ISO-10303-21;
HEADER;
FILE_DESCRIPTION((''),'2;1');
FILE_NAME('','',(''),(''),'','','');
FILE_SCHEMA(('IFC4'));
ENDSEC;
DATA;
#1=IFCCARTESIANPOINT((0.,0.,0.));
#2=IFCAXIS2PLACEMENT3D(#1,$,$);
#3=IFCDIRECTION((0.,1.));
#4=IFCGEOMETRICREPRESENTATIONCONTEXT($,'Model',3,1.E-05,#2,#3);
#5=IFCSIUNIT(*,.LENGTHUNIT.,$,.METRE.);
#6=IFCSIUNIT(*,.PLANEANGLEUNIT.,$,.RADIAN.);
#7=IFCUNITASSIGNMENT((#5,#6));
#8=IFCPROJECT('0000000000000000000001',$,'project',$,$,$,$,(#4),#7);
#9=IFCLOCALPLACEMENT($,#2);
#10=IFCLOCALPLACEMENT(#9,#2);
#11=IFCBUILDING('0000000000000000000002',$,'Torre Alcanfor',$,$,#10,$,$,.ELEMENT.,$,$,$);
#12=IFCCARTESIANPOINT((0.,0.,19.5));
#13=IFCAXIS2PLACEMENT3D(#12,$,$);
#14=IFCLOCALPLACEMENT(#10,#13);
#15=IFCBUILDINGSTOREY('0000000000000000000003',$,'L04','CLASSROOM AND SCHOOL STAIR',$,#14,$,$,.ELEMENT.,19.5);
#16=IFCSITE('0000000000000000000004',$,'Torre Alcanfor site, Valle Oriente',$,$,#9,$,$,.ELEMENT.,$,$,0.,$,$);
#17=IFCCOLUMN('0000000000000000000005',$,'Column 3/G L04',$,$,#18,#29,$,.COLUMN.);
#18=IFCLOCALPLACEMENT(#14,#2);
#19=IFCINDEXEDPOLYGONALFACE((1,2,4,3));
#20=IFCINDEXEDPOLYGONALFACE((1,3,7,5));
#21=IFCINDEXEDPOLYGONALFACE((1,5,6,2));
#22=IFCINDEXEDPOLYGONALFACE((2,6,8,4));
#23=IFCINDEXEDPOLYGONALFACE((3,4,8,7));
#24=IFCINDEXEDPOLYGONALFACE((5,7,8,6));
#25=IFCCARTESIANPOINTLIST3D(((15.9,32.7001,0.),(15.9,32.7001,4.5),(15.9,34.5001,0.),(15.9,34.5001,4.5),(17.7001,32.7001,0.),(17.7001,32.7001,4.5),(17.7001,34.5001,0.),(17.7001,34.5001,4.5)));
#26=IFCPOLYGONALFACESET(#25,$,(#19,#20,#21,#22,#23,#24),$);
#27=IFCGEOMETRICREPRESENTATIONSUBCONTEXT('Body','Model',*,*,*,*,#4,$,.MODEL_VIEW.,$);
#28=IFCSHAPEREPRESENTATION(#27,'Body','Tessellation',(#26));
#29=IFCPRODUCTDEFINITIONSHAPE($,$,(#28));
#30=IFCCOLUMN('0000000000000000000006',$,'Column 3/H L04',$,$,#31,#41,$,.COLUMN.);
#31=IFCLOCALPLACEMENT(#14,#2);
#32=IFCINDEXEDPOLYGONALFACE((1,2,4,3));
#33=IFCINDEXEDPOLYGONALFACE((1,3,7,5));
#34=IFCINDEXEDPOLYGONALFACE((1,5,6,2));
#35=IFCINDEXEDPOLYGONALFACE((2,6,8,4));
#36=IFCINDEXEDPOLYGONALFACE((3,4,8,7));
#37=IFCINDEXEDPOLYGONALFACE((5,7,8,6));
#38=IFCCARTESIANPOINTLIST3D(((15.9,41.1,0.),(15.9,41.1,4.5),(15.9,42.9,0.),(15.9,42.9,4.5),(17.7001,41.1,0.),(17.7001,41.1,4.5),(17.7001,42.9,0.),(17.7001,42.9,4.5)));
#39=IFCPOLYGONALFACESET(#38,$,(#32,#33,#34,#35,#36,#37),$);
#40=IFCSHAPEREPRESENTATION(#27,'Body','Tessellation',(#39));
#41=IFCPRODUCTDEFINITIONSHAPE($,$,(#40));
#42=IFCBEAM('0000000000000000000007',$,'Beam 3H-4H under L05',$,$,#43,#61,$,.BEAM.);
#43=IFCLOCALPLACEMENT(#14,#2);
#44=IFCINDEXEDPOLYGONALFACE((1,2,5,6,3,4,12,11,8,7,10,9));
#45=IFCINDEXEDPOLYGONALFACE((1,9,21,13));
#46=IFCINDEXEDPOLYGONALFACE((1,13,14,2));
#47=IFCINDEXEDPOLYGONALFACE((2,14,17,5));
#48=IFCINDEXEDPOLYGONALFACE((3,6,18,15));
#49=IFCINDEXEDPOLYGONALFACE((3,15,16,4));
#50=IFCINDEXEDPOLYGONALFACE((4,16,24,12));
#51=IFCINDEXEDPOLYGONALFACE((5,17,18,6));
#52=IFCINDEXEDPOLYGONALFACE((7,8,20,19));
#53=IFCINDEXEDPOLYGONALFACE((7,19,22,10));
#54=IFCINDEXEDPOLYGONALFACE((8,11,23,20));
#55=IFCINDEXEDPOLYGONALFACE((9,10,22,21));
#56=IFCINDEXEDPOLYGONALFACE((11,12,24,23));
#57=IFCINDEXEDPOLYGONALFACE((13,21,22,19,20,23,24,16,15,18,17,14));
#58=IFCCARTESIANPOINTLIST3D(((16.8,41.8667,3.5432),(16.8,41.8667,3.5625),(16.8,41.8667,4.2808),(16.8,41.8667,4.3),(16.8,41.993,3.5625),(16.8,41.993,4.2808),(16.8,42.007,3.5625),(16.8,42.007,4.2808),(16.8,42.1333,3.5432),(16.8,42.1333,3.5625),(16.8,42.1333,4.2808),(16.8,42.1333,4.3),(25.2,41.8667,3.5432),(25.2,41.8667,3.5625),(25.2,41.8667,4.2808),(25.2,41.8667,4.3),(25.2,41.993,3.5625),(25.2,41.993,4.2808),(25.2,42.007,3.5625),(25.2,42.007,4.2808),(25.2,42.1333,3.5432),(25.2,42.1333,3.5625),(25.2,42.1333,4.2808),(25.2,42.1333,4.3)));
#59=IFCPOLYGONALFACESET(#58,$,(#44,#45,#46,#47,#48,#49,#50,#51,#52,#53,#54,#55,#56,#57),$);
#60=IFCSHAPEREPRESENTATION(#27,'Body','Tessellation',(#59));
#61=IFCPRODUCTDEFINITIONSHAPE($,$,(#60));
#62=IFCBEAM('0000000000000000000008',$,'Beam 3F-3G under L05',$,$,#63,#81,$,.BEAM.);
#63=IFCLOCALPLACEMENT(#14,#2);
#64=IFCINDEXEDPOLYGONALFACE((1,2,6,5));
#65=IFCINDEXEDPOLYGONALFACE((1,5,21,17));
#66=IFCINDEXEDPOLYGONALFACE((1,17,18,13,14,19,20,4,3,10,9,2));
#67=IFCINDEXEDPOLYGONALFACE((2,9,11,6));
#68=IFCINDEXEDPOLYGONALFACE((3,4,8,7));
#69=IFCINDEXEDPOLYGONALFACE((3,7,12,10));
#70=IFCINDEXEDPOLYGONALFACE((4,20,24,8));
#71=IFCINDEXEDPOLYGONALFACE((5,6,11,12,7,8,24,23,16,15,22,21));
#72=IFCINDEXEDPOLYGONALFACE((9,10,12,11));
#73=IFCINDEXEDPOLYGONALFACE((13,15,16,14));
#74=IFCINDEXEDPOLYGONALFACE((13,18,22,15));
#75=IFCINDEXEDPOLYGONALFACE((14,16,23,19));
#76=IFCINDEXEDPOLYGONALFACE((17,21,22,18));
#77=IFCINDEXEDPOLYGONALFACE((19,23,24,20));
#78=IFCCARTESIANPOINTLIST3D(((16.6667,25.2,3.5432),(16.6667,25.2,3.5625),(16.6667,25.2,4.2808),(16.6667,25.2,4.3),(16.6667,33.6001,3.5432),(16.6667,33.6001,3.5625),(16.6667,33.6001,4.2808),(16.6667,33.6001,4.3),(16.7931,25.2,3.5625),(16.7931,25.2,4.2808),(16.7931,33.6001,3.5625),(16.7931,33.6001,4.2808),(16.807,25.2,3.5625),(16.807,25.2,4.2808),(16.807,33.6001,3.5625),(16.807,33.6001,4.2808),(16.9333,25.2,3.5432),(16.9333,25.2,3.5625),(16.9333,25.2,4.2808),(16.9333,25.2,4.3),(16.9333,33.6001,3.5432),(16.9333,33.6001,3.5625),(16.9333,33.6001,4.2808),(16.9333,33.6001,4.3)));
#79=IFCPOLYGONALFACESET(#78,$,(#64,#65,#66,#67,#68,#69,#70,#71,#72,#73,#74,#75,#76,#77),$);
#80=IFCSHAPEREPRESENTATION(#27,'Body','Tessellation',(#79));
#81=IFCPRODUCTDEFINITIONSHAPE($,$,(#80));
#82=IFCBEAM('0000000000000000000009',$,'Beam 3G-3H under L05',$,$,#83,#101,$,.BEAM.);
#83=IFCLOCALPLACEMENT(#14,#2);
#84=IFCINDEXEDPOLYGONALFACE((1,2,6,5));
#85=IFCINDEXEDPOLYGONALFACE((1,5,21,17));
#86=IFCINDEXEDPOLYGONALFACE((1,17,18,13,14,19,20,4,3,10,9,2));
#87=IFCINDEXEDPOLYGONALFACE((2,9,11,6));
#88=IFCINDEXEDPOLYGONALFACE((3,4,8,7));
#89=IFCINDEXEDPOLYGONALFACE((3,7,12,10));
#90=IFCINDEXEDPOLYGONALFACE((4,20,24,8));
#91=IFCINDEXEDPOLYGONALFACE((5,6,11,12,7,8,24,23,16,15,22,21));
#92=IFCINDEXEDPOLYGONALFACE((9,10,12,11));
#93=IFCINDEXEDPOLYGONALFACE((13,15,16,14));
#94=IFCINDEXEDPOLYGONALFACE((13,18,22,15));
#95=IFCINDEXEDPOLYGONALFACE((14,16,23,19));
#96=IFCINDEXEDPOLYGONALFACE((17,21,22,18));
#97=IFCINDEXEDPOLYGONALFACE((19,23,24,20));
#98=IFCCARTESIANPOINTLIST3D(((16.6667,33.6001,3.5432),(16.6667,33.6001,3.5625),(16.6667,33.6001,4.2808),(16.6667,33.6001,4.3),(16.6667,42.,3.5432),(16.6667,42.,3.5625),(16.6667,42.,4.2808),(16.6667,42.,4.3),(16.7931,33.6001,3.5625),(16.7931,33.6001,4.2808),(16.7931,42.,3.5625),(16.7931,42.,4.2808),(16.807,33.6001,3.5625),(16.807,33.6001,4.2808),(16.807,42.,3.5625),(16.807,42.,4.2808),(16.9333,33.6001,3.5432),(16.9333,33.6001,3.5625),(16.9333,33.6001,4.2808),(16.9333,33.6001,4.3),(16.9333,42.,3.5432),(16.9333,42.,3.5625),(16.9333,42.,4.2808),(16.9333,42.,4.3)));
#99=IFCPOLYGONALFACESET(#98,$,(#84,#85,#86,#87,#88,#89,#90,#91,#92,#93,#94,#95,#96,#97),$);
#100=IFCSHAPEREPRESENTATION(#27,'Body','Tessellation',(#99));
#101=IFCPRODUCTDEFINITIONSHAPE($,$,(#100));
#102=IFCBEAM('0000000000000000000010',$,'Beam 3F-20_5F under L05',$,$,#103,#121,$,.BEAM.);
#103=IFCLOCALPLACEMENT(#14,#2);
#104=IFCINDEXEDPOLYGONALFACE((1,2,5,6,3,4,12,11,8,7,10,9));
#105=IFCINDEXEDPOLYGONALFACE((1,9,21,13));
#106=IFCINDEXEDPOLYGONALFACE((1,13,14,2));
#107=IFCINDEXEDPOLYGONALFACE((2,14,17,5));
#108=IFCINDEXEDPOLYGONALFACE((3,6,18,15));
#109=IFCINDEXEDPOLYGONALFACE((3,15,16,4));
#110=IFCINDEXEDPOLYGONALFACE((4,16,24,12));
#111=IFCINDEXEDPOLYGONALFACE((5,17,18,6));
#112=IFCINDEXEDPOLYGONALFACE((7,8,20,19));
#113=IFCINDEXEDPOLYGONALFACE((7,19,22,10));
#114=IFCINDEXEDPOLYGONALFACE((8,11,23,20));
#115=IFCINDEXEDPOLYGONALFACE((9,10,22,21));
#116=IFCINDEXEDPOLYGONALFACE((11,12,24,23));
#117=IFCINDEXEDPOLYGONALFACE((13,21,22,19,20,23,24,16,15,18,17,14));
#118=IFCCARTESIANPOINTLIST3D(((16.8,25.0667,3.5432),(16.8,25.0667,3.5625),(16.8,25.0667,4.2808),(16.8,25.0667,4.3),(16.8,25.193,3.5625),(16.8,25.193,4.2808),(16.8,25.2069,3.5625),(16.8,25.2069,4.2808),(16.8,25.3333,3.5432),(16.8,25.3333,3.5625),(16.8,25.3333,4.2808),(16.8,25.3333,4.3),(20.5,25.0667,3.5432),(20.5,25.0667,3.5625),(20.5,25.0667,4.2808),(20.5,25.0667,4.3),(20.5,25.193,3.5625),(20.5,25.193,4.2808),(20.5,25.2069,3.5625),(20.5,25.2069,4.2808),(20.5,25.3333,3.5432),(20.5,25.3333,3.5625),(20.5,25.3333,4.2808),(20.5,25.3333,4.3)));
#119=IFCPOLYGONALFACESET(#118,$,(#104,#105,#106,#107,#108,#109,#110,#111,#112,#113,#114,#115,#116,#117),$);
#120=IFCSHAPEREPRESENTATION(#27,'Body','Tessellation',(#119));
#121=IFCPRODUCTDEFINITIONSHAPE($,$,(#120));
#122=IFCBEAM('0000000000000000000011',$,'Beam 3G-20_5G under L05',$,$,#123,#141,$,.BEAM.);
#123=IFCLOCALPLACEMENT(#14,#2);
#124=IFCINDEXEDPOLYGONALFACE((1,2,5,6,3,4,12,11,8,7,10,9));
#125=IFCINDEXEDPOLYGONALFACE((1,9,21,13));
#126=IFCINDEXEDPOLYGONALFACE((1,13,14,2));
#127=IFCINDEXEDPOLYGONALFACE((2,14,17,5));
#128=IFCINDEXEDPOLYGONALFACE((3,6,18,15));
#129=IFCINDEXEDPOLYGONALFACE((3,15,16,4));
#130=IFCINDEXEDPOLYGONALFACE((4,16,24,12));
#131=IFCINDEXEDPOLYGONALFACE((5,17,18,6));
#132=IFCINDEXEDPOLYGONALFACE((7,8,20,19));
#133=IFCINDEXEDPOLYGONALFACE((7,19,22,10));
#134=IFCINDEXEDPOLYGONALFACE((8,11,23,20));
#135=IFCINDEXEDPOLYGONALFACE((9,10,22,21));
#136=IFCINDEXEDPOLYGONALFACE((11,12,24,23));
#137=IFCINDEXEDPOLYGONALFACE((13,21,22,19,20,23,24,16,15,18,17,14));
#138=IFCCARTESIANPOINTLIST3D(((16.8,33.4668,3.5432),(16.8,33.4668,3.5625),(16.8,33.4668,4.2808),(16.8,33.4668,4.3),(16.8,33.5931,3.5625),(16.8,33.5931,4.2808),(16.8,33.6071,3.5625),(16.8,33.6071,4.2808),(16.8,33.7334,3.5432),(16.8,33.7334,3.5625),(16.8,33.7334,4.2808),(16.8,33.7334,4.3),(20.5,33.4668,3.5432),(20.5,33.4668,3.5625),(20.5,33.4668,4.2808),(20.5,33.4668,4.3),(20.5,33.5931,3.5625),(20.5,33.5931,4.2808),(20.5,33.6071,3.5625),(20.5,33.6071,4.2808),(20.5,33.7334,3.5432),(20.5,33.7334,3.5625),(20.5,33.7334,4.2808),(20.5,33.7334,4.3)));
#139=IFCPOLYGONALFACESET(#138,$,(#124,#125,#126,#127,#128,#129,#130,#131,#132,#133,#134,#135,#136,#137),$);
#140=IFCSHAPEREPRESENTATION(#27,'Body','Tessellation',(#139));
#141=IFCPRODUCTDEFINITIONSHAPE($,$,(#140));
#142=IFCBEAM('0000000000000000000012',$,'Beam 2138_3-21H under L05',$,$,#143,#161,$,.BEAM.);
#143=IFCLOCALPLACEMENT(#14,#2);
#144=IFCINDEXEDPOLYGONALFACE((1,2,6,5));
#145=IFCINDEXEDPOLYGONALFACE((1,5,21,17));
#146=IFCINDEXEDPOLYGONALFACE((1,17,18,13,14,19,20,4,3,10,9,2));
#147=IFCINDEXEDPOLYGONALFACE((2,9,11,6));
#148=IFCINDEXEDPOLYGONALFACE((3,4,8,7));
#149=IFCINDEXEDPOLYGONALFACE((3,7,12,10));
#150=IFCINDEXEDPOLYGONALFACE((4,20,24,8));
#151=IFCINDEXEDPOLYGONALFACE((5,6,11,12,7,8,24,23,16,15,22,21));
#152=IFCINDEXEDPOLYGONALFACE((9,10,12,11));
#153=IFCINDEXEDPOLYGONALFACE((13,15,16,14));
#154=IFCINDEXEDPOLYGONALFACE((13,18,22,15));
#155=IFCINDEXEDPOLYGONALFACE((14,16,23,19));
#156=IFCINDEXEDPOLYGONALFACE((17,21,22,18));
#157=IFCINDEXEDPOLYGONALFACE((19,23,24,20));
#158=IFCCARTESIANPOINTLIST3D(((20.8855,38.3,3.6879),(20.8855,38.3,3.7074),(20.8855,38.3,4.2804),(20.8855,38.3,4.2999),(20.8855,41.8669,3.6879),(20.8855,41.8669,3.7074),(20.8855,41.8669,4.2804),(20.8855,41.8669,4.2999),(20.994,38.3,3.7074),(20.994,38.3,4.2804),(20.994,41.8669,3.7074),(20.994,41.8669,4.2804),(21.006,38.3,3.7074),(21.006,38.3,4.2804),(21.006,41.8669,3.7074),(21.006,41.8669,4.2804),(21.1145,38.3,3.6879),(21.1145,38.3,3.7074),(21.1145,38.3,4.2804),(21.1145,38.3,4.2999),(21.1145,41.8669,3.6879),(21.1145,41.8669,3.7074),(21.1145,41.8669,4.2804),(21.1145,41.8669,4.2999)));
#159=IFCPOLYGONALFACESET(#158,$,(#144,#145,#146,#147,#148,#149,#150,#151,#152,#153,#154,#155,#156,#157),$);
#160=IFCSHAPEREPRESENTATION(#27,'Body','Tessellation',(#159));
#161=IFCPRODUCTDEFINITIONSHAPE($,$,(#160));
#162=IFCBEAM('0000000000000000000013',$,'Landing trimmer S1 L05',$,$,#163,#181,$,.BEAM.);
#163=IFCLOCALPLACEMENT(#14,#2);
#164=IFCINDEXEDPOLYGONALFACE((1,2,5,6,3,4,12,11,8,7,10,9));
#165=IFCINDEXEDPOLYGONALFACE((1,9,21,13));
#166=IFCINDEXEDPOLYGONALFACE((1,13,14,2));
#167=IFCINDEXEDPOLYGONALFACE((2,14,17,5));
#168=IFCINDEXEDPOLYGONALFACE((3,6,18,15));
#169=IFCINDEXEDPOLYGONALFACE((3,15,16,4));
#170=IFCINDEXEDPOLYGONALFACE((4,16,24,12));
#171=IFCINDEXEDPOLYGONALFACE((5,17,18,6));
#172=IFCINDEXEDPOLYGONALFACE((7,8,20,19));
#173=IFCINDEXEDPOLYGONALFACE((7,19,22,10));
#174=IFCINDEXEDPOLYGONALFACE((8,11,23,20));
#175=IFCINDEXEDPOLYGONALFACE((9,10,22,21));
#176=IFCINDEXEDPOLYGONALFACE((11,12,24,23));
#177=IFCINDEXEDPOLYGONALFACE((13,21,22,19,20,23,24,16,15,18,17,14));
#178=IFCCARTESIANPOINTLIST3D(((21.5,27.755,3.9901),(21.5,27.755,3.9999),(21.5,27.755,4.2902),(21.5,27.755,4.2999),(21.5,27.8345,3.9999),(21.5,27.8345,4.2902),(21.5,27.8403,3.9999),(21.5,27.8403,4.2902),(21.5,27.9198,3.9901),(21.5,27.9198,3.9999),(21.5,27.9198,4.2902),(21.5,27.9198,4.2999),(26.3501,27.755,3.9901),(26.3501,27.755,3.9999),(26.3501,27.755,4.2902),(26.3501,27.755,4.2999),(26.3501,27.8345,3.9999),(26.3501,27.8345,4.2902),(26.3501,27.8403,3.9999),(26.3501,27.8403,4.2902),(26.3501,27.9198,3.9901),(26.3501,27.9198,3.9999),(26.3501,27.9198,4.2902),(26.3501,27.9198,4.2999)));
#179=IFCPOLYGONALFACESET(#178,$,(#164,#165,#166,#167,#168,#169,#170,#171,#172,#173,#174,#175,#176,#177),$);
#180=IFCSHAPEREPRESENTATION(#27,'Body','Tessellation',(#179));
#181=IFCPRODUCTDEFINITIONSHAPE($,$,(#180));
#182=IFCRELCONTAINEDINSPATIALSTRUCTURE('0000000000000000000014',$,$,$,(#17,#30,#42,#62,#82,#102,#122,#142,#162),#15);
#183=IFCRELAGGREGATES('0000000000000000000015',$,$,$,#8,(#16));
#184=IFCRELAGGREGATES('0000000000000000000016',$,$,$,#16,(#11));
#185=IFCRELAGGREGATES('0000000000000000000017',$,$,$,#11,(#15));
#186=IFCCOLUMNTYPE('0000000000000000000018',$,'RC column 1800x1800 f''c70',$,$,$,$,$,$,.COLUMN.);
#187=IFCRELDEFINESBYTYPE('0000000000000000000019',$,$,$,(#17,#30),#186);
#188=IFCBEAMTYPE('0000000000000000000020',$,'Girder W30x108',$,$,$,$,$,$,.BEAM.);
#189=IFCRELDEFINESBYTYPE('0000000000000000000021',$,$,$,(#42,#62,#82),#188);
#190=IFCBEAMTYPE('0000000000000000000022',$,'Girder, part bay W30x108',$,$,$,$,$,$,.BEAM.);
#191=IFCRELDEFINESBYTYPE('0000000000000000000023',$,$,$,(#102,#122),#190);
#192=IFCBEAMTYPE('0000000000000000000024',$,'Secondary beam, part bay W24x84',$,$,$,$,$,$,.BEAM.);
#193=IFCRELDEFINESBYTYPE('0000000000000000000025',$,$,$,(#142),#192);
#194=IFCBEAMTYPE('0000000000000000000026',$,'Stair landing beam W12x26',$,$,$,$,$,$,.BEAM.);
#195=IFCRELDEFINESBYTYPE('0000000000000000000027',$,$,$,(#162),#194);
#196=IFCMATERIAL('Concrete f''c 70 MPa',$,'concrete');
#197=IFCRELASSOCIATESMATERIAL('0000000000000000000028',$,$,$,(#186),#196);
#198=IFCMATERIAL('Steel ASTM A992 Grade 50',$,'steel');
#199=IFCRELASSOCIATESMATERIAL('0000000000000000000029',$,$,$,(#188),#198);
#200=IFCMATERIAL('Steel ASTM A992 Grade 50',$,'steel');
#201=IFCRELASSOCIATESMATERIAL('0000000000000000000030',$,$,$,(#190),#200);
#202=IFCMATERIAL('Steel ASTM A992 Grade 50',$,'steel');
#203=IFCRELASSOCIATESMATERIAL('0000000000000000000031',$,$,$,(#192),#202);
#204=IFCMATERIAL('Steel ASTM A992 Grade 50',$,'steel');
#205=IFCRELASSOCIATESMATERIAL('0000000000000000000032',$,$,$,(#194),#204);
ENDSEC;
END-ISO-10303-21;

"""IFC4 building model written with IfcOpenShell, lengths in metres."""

from ifc_helpers import new_model, si_unit, direction, frame, origin, origin_2d, place, context, subcontext, project, spatial, rectangle, i_section, extrude, material, material_profile, profile_set, type_object, element, save


model = new_model("IFC4")

# Units and contexts
model_context = context("Model", 3, precision=1e-05, world=origin(), true_north=direction((0.0, 1.0)))
body_context = subcontext(model_context, "Body", "Model", "MODEL_VIEW")
ifc_project = project(units=[si_unit("LENGTHUNIT", "METRE"), si_unit("PLANEANGLEUNIT", "RADIAN")], contexts=[model_context])

# Site, building, storey
site_placement = place(None, origin())
site = spatial("IfcSite", under=ifc_project, at=site_placement, Name="Torre Alcanfor site, Valle Oriente", CompositionType="ELEMENT", RefElevation=0.0)
building_placement = place(site_placement, origin())
building = spatial("IfcBuilding", under=site, at=building_placement, Name="Torre Alcanfor", CompositionType="ELEMENT")
storey_placement = place(building_placement, frame((0.0, 0.0, 19.5)))
storey = spatial("IfcBuildingStorey", under=building, at=storey_placement, Name="L04", Description="CLASSROOM AND SCHOOL STAIR", CompositionType="ELEMENT", Elevation=19.5)

# Columns
ifc_material_1 = material(Name="Concrete f'c 70 MPa", Category="concrete")
ifc_material_profile_1 = material_profile(ifc_material_1, rectangle(XDim=1.8, YDim=1.8, at=origin_2d()), Name="1800x1800")
ifc_profile_set_1 = profile_set([ifc_material_profile_1], Name="Concrete f'c 70 MPa")
column_type = type_object("IfcColumnType", Name="RC column 1800x1800 f'c70", PredefinedType="COLUMN", material=ifc_profile_set_1)
for number, where, z_axis, x_axis, name in (
    (1, (16.8, 33.6001, 0.0), (0.0, 0.0, 1.0), (1.0, 0.0, 0.0), "Column 3/G L04"),
    (2, (16.8, 42.0, 0.0), (0.0, 0.0, 1.0), (1.0, 0.0, 0.0), "Column 3/H L04"),
):
    element("IfcColumn", number, at=place(storey_placement, frame(where, z_axis=z_axis, x_axis=x_axis)), inside=storey, type_object=column_type, Name=name, PredefinedType="COLUMN", context=body_context, shape_type="SweptSolid", body=[
        extrude(rectangle(XDim=1.8, YDim=1.8, at=origin_2d()), origin(), (0.0, 0.0, 1.0), 4.5),
    ])

# Beams
ifc_material_2 = material(Name="Steel ASTM A992 Grade 50", Category="steel")
ifc_material_profile_2 = material_profile(ifc_material_2, i_section(OverallWidth=0.2666, OverallDepth=0.7568, WebThickness=0.0139, FlangeThickness=0.0193, at=origin_2d()), Name="W30x108")
ifc_profile_set_2 = profile_set([ifc_material_profile_2], Name="Steel ASTM A992 Grade 50")
beam_type_1 = type_object("IfcBeamType", Name="Girder W30x108", PredefinedType="BEAM", material=ifc_profile_set_2)
beam_1_placement = place(storey_placement, frame((16.8, 42.0, 3.9216), z_axis=(1.0, 0.0, 0.0), x_axis=(0.0, 1.0, 0.0)))
element("IfcBeam", 3, at=beam_1_placement, inside=storey, type_object=beam_type_1, Name="Beam 3H-4H under L05", PredefinedType="BEAM", context=body_context, shape_type="SweptSolid", body=[
    extrude(i_section(OverallWidth=0.2666, OverallDepth=0.7568, WebThickness=0.0139, FlangeThickness=0.0193, at=origin_2d()), origin(), (0.0, 0.0, 1.0), 8.3999),
])
beam_2_placement = place(storey_placement, frame((16.8, 25.2, 3.9216), z_axis=(0.0, 1.0, 0.0), x_axis=(-1.0, 0.0, 0.0)))
element("IfcBeam", 4, at=beam_2_placement, inside=storey, type_object=beam_type_1, Name="Beam 3F-3G under L05", PredefinedType="BEAM", context=body_context, shape_type="SweptSolid", body=[
    extrude(i_section(OverallWidth=0.2666, OverallDepth=0.7568, WebThickness=0.0139, FlangeThickness=0.0193, at=origin_2d()), origin(), (0.0, 0.0, 1.0), 8.4001),
])
beam_3_placement = place(storey_placement, frame((16.8, 33.6001, 3.9216), z_axis=(0.0, 1.0, 0.0), x_axis=(-1.0, 0.0, 0.0)))
element("IfcBeam", 5, at=beam_3_placement, inside=storey, type_object=beam_type_1, Name="Beam 3G-3H under L05", PredefinedType="BEAM", context=body_context, shape_type="SweptSolid", body=[
    extrude(i_section(OverallWidth=0.2666, OverallDepth=0.7568, WebThickness=0.0139, FlangeThickness=0.0193, at=origin_2d()), origin(), (0.0, 0.0, 1.0), 8.3999),
])
ifc_material_3 = material(Name="Steel ASTM A992 Grade 50", Category="steel")
ifc_material_profile_3 = material_profile(ifc_material_3, i_section(OverallWidth=0.2666, OverallDepth=0.7568, WebThickness=0.0139, FlangeThickness=0.0193, at=origin_2d()), Name="W30x108")
ifc_profile_set_3 = profile_set([ifc_material_profile_3], Name="Steel ASTM A992 Grade 50")
beam_type_2 = type_object("IfcBeamType", Name="Girder, part bay W30x108", PredefinedType="BEAM", material=ifc_profile_set_3)
for number, where, z_axis, x_axis, name in (
    (6, (16.8, 25.2, 3.9216), (1.0, 0.0, 0.0), (0.0, 1.0, 0.0), "Beam 3F-20_5F under L05"),
    (7, (16.8, 33.6001, 3.9216), (1.0, 0.0, 0.0), (0.0, 1.0, 0.0), "Beam 3G-20_5G under L05"),
):
    element("IfcBeam", number, at=place(storey_placement, frame(where, z_axis=z_axis, x_axis=x_axis)), inside=storey, type_object=beam_type_2, Name=name, PredefinedType="BEAM", context=body_context, shape_type="SweptSolid", body=[
        extrude(i_section(OverallWidth=0.2666, OverallDepth=0.7568, WebThickness=0.0139, FlangeThickness=0.0193, at=origin_2d()), origin(), (0.0, 0.0, 1.0), 3.7),
    ])
ifc_material_4 = material(Name="Steel ASTM A992 Grade 50", Category="steel")
ifc_material_profile_4 = material_profile(ifc_material_4, i_section(OverallWidth=0.229, OverallDepth=0.6121, WebThickness=0.012, FlangeThickness=0.0195, at=origin_2d()), Name="W24x84")
ifc_profile_set_4 = profile_set([ifc_material_profile_4], Name="Steel ASTM A992 Grade 50")
beam_type_3 = type_object("IfcBeamType", Name="Secondary beam, part bay W24x84", PredefinedType="BEAM", material=ifc_profile_set_4)
beam_4_placement = place(storey_placement, frame((21.0, 38.3, 3.9939), z_axis=(0.0, 1.0, 0.0), x_axis=(-1.0, 0.0, 0.0)))
element("IfcBeam", 8, at=beam_4_placement, inside=storey, type_object=beam_type_3, Name="Beam 2138_3-21H under L05", PredefinedType="BEAM", context=body_context, shape_type="SweptSolid", body=[
    extrude(i_section(OverallWidth=0.229, OverallDepth=0.6121, WebThickness=0.012, FlangeThickness=0.0195, at=origin_2d()), origin(), (0.0, 0.0, 1.0), 3.5669),
])
ifc_material_5 = material(Name="Steel ASTM A992 Grade 50", Category="steel")
ifc_material_profile_5 = material_profile(ifc_material_5, i_section(OverallWidth=0.1648, OverallDepth=0.3098, WebThickness=0.0059, FlangeThickness=0.0098, at=origin_2d()), Name="W12x26")
ifc_profile_set_5 = profile_set([ifc_material_profile_5], Name="Steel ASTM A992 Grade 50")
beam_type_4 = type_object("IfcBeamType", Name="Stair landing beam W12x26", PredefinedType="BEAM", material=ifc_profile_set_5)
beam_5_placement = place(storey_placement, frame((21.5, 27.8374, 4.145), z_axis=(1.0, 0.0, 0.0), x_axis=(0.0, 1.0, 0.0)))
element("IfcBeam", 9, at=beam_5_placement, inside=storey, type_object=beam_type_4, Name="Landing trimmer S1 L05", PredefinedType="BEAM", context=body_context, shape_type="SweptSolid", body=[
    extrude(i_section(OverallWidth=0.1648, OverallDepth=0.3098, WebThickness=0.0059, FlangeThickness=0.0098, at=origin_2d()), origin(), (0.0, 0.0, 1.0), 4.8501),
])

save(model, "model.ifc")
